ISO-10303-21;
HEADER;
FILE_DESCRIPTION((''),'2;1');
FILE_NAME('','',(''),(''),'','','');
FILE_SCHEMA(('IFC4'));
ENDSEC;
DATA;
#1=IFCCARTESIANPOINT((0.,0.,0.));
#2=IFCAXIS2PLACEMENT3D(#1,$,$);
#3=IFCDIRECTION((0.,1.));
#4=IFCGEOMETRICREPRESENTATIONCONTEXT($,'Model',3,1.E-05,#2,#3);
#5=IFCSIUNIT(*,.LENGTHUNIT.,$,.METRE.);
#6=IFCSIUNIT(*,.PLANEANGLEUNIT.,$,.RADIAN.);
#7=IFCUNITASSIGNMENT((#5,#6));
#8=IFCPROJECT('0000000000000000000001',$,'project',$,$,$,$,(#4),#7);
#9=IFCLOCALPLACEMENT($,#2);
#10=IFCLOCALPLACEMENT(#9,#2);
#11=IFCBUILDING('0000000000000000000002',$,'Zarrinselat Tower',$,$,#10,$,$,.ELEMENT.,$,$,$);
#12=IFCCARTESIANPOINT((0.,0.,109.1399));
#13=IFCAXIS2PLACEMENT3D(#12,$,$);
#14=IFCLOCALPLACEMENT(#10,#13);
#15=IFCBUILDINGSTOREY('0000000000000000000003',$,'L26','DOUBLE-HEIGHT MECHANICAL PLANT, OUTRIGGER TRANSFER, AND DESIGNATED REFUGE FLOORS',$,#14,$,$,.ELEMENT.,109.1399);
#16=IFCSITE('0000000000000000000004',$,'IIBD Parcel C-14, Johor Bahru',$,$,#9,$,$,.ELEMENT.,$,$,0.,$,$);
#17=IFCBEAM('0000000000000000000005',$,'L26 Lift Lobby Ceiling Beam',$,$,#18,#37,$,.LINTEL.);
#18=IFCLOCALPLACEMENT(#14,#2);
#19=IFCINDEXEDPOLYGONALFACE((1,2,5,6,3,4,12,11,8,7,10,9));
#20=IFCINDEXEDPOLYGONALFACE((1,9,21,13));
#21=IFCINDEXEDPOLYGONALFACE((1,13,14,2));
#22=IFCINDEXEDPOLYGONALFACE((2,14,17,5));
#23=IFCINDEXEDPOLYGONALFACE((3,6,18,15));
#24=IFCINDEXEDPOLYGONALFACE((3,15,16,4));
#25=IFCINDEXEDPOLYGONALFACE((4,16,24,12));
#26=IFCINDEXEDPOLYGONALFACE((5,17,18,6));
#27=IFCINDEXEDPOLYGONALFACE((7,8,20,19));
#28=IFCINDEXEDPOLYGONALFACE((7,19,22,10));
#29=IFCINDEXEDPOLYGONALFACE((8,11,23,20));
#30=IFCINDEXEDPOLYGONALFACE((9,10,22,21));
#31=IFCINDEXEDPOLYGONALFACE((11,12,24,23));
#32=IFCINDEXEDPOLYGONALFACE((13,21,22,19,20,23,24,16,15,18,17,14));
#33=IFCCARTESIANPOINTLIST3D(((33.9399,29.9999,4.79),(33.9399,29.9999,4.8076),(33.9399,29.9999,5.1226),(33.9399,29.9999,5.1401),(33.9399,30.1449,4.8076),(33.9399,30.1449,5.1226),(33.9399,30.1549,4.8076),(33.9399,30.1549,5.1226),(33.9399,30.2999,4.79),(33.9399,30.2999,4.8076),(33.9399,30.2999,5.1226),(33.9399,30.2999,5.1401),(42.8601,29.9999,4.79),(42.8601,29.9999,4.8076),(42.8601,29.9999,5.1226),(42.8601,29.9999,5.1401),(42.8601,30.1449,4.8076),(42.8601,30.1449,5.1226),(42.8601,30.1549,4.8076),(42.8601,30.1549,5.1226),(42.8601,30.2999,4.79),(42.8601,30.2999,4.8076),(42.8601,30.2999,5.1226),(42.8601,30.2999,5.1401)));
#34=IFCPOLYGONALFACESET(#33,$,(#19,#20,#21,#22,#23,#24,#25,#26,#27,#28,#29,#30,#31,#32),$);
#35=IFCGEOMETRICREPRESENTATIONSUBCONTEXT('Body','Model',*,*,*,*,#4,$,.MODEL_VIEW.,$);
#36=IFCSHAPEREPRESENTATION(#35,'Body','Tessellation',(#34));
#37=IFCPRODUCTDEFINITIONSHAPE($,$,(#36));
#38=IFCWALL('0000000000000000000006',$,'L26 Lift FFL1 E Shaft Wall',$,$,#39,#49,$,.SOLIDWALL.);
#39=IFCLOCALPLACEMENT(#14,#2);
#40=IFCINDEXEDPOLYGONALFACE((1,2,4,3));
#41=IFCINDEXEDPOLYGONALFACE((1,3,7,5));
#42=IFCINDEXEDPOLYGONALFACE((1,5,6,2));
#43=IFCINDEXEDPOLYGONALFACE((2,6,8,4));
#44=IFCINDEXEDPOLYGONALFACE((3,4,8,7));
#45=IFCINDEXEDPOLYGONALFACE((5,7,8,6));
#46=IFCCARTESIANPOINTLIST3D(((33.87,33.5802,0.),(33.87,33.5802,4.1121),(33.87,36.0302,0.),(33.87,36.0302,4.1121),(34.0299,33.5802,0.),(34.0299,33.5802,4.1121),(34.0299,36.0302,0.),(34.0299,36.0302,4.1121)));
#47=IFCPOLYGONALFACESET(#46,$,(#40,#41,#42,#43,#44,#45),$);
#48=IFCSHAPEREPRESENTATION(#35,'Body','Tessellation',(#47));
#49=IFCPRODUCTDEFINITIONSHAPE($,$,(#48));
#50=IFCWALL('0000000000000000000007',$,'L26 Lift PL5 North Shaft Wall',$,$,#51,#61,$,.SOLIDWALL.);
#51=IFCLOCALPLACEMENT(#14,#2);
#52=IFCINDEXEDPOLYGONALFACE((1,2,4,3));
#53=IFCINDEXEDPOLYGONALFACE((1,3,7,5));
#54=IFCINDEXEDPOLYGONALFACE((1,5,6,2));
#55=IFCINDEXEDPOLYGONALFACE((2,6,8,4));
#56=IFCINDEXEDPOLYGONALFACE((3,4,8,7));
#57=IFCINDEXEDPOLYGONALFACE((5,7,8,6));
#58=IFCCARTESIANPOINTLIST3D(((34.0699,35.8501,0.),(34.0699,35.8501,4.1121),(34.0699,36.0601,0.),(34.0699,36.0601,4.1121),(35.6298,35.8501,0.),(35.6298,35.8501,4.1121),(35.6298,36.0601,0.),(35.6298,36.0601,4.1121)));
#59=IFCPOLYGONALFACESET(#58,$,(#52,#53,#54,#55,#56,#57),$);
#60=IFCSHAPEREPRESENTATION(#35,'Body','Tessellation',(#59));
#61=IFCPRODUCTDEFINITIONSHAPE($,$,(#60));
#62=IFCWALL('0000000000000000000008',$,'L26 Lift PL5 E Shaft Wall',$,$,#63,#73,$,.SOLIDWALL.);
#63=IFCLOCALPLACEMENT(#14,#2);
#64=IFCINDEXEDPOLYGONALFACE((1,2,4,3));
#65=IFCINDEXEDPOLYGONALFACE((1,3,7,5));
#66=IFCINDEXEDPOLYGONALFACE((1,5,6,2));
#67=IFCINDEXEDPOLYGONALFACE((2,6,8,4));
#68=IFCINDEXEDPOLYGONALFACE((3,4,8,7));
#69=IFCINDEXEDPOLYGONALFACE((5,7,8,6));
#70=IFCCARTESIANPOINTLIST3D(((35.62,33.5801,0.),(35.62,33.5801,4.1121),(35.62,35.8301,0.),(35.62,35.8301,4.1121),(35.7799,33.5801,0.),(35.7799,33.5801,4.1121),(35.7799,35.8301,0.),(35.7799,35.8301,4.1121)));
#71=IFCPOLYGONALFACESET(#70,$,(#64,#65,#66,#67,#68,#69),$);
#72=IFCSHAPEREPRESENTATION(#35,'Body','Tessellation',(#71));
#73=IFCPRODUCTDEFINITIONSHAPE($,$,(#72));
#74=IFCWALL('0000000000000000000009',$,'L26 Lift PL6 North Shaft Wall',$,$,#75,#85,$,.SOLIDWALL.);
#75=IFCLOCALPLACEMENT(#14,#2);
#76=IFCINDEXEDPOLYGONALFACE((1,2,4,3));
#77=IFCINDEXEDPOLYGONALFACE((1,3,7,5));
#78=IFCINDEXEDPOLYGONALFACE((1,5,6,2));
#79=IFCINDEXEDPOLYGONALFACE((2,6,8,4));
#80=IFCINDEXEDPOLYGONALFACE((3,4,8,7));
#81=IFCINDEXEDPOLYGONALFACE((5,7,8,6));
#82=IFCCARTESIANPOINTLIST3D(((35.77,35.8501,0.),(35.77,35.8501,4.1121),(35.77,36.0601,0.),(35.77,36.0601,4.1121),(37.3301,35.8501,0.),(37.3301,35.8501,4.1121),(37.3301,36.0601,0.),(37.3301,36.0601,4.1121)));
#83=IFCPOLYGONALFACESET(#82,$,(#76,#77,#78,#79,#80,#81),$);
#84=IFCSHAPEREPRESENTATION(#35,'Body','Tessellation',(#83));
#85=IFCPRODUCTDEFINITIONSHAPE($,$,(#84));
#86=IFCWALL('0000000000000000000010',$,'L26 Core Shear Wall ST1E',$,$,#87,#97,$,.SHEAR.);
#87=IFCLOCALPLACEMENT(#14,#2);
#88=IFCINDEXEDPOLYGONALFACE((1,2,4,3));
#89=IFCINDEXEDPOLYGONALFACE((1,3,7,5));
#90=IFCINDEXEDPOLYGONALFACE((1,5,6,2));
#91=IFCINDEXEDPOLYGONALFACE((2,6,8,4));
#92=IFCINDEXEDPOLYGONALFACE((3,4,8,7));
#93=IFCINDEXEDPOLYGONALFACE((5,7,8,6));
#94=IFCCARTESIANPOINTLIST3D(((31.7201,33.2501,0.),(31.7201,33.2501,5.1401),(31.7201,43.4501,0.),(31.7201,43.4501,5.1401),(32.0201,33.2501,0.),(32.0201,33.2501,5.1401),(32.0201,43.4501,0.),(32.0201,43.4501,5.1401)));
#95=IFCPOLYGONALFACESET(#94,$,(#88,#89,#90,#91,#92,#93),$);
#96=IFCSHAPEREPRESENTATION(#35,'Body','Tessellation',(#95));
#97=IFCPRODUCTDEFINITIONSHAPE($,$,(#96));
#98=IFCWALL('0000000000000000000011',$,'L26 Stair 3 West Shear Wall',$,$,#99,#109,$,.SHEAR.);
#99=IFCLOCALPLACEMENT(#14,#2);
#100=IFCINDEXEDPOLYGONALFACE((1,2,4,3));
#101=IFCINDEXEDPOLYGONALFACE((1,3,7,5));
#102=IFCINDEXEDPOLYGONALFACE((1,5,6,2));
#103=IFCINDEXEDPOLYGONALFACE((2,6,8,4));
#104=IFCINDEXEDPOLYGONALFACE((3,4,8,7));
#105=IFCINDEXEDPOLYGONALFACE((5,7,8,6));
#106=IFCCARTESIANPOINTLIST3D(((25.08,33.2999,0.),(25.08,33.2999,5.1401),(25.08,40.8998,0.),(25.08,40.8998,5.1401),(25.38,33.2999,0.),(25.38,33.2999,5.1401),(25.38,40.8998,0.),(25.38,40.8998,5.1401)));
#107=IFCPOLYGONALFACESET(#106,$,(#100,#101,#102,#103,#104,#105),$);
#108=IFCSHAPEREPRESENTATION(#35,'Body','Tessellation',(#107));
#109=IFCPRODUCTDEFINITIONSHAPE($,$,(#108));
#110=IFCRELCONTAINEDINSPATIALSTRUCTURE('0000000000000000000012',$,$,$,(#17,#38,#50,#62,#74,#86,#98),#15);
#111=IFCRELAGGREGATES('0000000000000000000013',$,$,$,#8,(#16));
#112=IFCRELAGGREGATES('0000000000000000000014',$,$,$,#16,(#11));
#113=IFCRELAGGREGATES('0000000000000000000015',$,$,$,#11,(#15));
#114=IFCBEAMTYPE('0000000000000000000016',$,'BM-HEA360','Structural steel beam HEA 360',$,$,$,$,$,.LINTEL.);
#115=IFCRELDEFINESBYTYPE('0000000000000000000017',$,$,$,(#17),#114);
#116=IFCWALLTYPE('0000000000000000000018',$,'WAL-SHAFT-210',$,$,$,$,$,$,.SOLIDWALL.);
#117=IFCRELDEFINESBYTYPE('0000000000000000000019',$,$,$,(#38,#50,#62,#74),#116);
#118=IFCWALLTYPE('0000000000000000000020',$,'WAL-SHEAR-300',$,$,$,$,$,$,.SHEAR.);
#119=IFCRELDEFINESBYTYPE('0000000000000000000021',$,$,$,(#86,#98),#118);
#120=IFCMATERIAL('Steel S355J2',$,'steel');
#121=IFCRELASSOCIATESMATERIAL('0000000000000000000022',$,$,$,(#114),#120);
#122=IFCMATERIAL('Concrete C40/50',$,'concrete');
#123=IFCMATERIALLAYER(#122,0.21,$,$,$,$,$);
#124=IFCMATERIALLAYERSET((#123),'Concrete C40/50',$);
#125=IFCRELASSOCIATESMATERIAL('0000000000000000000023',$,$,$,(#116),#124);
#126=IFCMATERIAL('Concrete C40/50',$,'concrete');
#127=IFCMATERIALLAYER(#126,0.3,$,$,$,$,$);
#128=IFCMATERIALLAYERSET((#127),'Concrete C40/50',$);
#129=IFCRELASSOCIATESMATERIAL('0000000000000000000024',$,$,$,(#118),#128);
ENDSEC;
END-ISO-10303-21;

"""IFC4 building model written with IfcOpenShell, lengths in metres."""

from ifc_helpers import new_model, si_unit, direction, frame, frame_2d, origin, origin_2d, place, context, subcontext, project, spatial, rectangle, i_section, extrude, material, layer, layer_set, material_profile, profile_set, type_object, element, save


model = new_model("IFC4")

# Units and contexts
model_context = context("Model", 3, precision=1e-05, world=origin(), true_north=direction((0.0, 1.0)))
body_context = subcontext(model_context, "Body", "Model", "MODEL_VIEW")
ifc_project = project(units=[si_unit("LENGTHUNIT", "METRE"), si_unit("PLANEANGLEUNIT", "RADIAN")], contexts=[model_context])

# Site, building, storey
site_placement = place(None, origin())
site = spatial("IfcSite", under=ifc_project, at=site_placement, Name="IIBD Parcel C-14, Johor Bahru", CompositionType="ELEMENT", RefElevation=0.0)
building_placement = place(site_placement, origin())
building = spatial("IfcBuilding", under=site, at=building_placement, Name="Zarrinselat Tower", CompositionType="ELEMENT")
storey_placement = place(building_placement, frame((0.0, 0.0, 109.1399)))
storey = spatial("IfcBuildingStorey", under=building, at=storey_placement, Name="L26", Description="DOUBLE-HEIGHT MECHANICAL PLANT, OUTRIGGER TRANSFER, AND DESIGNATED REFUGE FLOORS", CompositionType="ELEMENT", Elevation=109.1399)

# Beam
ifc_material_1 = material(Name="Steel S355J2", Category="steel")
ifc_material_profile = material_profile(ifc_material_1, i_section(OverallWidth=0.3, OverallDepth=0.3501, WebThickness=0.01, FlangeThickness=0.0176, at=origin_2d()), Name="HEA 360")
ifc_profile_set = profile_set([ifc_material_profile], Name="Steel S355J2")
beam_type = type_object("IfcBeamType", Name="BM-HEA360", Description="Structural steel beam HEA 360", PredefinedType="LINTEL", material=ifc_profile_set)
beam_placement = place(storey_placement, frame((33.9399, 30.1499, 4.9651), z_axis=(1.0, 0.0, 0.0), x_axis=(0.0, 1.0, 0.0)))
element("IfcBeam", 1, at=beam_placement, inside=storey, type_object=beam_type, Name="L26 Lift Lobby Ceiling Beam", PredefinedType="LINTEL", context=body_context, shape_type="SweptSolid", body=[
    extrude(i_section(OverallWidth=0.3, OverallDepth=0.3501, WebThickness=0.01, FlangeThickness=0.0176, at=origin_2d()), origin(), (0.0, 0.0, 1.0), 8.9202),
])

# Walls
ifc_material_2 = material(Name="Concrete C40/50", Category="concrete")
ifc_layer_1 = layer(ifc_material_2, 0.21)
ifc_layer_set_1 = layer_set([ifc_layer_1], Name="Concrete C40/50")
wall_type_1 = type_object("IfcWallType", Name="WAL-SHAFT-210", PredefinedType="SOLIDWALL", material=ifc_layer_set_1)
wall_1_placement = place(storey_placement, frame((33.95, 33.5801, 0.0), z_axis=(0.0, 0.0, 1.0), x_axis=(0.0, 1.0, 0.0)))
element("IfcWall", 2, at=wall_1_placement, inside=storey, type_object=wall_type_1, Name="L26 Lift FFL1 E Shaft Wall", PredefinedType="SOLIDWALL", context=body_context, shape_type="SweptSolid", body=[
    extrude(rectangle(XDim=2.45, YDim=0.1599, at=frame_2d((1.2251, 0.0))), origin(), (0.0, 0.0, 1.0), 4.1121),
])
wall_2_placement = place(storey_placement, frame((34.0701, 35.9551, 0.0), z_axis=(0.0, 0.0, 1.0), x_axis=(1.0, 0.0, 0.0)))
element("IfcWall", 3, at=wall_2_placement, inside=storey, type_object=wall_type_1, Name="L26 Lift PL5 North Shaft Wall", PredefinedType="SOLIDWALL", context=body_context, shape_type="SweptSolid", body=[
    extrude(rectangle(XDim=1.5598, YDim=0.21, at=frame_2d((0.7798, 0.0))), origin(), (0.0, 0.0, 1.0), 4.1121),
])
wall_3_placement = place(storey_placement, frame((35.7, 33.5801, 0.0), z_axis=(0.0, 0.0, 1.0), x_axis=(0.0, 1.0, 0.0)))
element("IfcWall", 4, at=wall_3_placement, inside=storey, type_object=wall_type_1, Name="L26 Lift PL5 E Shaft Wall", PredefinedType="SOLIDWALL", context=body_context, shape_type="SweptSolid", body=[
    extrude(rectangle(XDim=2.25, YDim=0.1599, at=frame_2d((1.125, 0.0))), origin(), (0.0, 0.0, 1.0), 4.1121),
])
wall_4_placement = place(storey_placement, frame((35.77, 35.9551, 0.0), z_axis=(0.0, 0.0, 1.0), x_axis=(1.0, 0.0, 0.0)))
element("IfcWall", 5, at=wall_4_placement, inside=storey, type_object=wall_type_1, Name="L26 Lift PL6 North Shaft Wall", PredefinedType="SOLIDWALL", context=body_context, shape_type="SweptSolid", body=[
    extrude(rectangle(XDim=1.5601, YDim=0.21, at=frame_2d((0.78, 0.0))), origin(), (0.0, 0.0, 1.0), 4.1121),
])
ifc_material_3 = material(Name="Concrete C40/50", Category="concrete")
ifc_layer_2 = layer(ifc_material_3, 0.3)
ifc_layer_set_2 = layer_set([ifc_layer_2], Name="Concrete C40/50")
wall_type_2 = type_object("IfcWallType", Name="WAL-SHEAR-300", PredefinedType="SHEAR", material=ifc_layer_set_2)
wall_5_placement = place(storey_placement, frame((31.8701, 33.25, 0.0), z_axis=(0.0, 0.0, 1.0), x_axis=(0.0, 1.0, 0.0)))
element("IfcWall", 6, at=wall_5_placement, inside=storey, type_object=wall_type_2, Name="L26 Core Shear Wall ST1E", PredefinedType="SHEAR", context=body_context, shape_type="SweptSolid", body=[
    extrude(rectangle(XDim=10.2, YDim=0.3, at=frame_2d((5.1001, 0.0))), origin(), (0.0, 0.0, 1.0), 5.1401),
])
wall_6_placement = place(storey_placement, frame((25.23, 33.3, 0.0), z_axis=(0.0, 0.0, 1.0), x_axis=(0.0, 1.0, 0.0)))
element("IfcWall", 7, at=wall_6_placement, inside=storey, type_object=wall_type_2, Name="L26 Stair 3 West Shear Wall", PredefinedType="SHEAR", context=body_context, shape_type="SweptSolid", body=[
    extrude(rectangle(XDim=7.5999, YDim=0.3, at=frame_2d((3.7998, 0.0))), origin(), (0.0, 0.0, 1.0), 5.1401),
])

save(model, "model.ifc")
